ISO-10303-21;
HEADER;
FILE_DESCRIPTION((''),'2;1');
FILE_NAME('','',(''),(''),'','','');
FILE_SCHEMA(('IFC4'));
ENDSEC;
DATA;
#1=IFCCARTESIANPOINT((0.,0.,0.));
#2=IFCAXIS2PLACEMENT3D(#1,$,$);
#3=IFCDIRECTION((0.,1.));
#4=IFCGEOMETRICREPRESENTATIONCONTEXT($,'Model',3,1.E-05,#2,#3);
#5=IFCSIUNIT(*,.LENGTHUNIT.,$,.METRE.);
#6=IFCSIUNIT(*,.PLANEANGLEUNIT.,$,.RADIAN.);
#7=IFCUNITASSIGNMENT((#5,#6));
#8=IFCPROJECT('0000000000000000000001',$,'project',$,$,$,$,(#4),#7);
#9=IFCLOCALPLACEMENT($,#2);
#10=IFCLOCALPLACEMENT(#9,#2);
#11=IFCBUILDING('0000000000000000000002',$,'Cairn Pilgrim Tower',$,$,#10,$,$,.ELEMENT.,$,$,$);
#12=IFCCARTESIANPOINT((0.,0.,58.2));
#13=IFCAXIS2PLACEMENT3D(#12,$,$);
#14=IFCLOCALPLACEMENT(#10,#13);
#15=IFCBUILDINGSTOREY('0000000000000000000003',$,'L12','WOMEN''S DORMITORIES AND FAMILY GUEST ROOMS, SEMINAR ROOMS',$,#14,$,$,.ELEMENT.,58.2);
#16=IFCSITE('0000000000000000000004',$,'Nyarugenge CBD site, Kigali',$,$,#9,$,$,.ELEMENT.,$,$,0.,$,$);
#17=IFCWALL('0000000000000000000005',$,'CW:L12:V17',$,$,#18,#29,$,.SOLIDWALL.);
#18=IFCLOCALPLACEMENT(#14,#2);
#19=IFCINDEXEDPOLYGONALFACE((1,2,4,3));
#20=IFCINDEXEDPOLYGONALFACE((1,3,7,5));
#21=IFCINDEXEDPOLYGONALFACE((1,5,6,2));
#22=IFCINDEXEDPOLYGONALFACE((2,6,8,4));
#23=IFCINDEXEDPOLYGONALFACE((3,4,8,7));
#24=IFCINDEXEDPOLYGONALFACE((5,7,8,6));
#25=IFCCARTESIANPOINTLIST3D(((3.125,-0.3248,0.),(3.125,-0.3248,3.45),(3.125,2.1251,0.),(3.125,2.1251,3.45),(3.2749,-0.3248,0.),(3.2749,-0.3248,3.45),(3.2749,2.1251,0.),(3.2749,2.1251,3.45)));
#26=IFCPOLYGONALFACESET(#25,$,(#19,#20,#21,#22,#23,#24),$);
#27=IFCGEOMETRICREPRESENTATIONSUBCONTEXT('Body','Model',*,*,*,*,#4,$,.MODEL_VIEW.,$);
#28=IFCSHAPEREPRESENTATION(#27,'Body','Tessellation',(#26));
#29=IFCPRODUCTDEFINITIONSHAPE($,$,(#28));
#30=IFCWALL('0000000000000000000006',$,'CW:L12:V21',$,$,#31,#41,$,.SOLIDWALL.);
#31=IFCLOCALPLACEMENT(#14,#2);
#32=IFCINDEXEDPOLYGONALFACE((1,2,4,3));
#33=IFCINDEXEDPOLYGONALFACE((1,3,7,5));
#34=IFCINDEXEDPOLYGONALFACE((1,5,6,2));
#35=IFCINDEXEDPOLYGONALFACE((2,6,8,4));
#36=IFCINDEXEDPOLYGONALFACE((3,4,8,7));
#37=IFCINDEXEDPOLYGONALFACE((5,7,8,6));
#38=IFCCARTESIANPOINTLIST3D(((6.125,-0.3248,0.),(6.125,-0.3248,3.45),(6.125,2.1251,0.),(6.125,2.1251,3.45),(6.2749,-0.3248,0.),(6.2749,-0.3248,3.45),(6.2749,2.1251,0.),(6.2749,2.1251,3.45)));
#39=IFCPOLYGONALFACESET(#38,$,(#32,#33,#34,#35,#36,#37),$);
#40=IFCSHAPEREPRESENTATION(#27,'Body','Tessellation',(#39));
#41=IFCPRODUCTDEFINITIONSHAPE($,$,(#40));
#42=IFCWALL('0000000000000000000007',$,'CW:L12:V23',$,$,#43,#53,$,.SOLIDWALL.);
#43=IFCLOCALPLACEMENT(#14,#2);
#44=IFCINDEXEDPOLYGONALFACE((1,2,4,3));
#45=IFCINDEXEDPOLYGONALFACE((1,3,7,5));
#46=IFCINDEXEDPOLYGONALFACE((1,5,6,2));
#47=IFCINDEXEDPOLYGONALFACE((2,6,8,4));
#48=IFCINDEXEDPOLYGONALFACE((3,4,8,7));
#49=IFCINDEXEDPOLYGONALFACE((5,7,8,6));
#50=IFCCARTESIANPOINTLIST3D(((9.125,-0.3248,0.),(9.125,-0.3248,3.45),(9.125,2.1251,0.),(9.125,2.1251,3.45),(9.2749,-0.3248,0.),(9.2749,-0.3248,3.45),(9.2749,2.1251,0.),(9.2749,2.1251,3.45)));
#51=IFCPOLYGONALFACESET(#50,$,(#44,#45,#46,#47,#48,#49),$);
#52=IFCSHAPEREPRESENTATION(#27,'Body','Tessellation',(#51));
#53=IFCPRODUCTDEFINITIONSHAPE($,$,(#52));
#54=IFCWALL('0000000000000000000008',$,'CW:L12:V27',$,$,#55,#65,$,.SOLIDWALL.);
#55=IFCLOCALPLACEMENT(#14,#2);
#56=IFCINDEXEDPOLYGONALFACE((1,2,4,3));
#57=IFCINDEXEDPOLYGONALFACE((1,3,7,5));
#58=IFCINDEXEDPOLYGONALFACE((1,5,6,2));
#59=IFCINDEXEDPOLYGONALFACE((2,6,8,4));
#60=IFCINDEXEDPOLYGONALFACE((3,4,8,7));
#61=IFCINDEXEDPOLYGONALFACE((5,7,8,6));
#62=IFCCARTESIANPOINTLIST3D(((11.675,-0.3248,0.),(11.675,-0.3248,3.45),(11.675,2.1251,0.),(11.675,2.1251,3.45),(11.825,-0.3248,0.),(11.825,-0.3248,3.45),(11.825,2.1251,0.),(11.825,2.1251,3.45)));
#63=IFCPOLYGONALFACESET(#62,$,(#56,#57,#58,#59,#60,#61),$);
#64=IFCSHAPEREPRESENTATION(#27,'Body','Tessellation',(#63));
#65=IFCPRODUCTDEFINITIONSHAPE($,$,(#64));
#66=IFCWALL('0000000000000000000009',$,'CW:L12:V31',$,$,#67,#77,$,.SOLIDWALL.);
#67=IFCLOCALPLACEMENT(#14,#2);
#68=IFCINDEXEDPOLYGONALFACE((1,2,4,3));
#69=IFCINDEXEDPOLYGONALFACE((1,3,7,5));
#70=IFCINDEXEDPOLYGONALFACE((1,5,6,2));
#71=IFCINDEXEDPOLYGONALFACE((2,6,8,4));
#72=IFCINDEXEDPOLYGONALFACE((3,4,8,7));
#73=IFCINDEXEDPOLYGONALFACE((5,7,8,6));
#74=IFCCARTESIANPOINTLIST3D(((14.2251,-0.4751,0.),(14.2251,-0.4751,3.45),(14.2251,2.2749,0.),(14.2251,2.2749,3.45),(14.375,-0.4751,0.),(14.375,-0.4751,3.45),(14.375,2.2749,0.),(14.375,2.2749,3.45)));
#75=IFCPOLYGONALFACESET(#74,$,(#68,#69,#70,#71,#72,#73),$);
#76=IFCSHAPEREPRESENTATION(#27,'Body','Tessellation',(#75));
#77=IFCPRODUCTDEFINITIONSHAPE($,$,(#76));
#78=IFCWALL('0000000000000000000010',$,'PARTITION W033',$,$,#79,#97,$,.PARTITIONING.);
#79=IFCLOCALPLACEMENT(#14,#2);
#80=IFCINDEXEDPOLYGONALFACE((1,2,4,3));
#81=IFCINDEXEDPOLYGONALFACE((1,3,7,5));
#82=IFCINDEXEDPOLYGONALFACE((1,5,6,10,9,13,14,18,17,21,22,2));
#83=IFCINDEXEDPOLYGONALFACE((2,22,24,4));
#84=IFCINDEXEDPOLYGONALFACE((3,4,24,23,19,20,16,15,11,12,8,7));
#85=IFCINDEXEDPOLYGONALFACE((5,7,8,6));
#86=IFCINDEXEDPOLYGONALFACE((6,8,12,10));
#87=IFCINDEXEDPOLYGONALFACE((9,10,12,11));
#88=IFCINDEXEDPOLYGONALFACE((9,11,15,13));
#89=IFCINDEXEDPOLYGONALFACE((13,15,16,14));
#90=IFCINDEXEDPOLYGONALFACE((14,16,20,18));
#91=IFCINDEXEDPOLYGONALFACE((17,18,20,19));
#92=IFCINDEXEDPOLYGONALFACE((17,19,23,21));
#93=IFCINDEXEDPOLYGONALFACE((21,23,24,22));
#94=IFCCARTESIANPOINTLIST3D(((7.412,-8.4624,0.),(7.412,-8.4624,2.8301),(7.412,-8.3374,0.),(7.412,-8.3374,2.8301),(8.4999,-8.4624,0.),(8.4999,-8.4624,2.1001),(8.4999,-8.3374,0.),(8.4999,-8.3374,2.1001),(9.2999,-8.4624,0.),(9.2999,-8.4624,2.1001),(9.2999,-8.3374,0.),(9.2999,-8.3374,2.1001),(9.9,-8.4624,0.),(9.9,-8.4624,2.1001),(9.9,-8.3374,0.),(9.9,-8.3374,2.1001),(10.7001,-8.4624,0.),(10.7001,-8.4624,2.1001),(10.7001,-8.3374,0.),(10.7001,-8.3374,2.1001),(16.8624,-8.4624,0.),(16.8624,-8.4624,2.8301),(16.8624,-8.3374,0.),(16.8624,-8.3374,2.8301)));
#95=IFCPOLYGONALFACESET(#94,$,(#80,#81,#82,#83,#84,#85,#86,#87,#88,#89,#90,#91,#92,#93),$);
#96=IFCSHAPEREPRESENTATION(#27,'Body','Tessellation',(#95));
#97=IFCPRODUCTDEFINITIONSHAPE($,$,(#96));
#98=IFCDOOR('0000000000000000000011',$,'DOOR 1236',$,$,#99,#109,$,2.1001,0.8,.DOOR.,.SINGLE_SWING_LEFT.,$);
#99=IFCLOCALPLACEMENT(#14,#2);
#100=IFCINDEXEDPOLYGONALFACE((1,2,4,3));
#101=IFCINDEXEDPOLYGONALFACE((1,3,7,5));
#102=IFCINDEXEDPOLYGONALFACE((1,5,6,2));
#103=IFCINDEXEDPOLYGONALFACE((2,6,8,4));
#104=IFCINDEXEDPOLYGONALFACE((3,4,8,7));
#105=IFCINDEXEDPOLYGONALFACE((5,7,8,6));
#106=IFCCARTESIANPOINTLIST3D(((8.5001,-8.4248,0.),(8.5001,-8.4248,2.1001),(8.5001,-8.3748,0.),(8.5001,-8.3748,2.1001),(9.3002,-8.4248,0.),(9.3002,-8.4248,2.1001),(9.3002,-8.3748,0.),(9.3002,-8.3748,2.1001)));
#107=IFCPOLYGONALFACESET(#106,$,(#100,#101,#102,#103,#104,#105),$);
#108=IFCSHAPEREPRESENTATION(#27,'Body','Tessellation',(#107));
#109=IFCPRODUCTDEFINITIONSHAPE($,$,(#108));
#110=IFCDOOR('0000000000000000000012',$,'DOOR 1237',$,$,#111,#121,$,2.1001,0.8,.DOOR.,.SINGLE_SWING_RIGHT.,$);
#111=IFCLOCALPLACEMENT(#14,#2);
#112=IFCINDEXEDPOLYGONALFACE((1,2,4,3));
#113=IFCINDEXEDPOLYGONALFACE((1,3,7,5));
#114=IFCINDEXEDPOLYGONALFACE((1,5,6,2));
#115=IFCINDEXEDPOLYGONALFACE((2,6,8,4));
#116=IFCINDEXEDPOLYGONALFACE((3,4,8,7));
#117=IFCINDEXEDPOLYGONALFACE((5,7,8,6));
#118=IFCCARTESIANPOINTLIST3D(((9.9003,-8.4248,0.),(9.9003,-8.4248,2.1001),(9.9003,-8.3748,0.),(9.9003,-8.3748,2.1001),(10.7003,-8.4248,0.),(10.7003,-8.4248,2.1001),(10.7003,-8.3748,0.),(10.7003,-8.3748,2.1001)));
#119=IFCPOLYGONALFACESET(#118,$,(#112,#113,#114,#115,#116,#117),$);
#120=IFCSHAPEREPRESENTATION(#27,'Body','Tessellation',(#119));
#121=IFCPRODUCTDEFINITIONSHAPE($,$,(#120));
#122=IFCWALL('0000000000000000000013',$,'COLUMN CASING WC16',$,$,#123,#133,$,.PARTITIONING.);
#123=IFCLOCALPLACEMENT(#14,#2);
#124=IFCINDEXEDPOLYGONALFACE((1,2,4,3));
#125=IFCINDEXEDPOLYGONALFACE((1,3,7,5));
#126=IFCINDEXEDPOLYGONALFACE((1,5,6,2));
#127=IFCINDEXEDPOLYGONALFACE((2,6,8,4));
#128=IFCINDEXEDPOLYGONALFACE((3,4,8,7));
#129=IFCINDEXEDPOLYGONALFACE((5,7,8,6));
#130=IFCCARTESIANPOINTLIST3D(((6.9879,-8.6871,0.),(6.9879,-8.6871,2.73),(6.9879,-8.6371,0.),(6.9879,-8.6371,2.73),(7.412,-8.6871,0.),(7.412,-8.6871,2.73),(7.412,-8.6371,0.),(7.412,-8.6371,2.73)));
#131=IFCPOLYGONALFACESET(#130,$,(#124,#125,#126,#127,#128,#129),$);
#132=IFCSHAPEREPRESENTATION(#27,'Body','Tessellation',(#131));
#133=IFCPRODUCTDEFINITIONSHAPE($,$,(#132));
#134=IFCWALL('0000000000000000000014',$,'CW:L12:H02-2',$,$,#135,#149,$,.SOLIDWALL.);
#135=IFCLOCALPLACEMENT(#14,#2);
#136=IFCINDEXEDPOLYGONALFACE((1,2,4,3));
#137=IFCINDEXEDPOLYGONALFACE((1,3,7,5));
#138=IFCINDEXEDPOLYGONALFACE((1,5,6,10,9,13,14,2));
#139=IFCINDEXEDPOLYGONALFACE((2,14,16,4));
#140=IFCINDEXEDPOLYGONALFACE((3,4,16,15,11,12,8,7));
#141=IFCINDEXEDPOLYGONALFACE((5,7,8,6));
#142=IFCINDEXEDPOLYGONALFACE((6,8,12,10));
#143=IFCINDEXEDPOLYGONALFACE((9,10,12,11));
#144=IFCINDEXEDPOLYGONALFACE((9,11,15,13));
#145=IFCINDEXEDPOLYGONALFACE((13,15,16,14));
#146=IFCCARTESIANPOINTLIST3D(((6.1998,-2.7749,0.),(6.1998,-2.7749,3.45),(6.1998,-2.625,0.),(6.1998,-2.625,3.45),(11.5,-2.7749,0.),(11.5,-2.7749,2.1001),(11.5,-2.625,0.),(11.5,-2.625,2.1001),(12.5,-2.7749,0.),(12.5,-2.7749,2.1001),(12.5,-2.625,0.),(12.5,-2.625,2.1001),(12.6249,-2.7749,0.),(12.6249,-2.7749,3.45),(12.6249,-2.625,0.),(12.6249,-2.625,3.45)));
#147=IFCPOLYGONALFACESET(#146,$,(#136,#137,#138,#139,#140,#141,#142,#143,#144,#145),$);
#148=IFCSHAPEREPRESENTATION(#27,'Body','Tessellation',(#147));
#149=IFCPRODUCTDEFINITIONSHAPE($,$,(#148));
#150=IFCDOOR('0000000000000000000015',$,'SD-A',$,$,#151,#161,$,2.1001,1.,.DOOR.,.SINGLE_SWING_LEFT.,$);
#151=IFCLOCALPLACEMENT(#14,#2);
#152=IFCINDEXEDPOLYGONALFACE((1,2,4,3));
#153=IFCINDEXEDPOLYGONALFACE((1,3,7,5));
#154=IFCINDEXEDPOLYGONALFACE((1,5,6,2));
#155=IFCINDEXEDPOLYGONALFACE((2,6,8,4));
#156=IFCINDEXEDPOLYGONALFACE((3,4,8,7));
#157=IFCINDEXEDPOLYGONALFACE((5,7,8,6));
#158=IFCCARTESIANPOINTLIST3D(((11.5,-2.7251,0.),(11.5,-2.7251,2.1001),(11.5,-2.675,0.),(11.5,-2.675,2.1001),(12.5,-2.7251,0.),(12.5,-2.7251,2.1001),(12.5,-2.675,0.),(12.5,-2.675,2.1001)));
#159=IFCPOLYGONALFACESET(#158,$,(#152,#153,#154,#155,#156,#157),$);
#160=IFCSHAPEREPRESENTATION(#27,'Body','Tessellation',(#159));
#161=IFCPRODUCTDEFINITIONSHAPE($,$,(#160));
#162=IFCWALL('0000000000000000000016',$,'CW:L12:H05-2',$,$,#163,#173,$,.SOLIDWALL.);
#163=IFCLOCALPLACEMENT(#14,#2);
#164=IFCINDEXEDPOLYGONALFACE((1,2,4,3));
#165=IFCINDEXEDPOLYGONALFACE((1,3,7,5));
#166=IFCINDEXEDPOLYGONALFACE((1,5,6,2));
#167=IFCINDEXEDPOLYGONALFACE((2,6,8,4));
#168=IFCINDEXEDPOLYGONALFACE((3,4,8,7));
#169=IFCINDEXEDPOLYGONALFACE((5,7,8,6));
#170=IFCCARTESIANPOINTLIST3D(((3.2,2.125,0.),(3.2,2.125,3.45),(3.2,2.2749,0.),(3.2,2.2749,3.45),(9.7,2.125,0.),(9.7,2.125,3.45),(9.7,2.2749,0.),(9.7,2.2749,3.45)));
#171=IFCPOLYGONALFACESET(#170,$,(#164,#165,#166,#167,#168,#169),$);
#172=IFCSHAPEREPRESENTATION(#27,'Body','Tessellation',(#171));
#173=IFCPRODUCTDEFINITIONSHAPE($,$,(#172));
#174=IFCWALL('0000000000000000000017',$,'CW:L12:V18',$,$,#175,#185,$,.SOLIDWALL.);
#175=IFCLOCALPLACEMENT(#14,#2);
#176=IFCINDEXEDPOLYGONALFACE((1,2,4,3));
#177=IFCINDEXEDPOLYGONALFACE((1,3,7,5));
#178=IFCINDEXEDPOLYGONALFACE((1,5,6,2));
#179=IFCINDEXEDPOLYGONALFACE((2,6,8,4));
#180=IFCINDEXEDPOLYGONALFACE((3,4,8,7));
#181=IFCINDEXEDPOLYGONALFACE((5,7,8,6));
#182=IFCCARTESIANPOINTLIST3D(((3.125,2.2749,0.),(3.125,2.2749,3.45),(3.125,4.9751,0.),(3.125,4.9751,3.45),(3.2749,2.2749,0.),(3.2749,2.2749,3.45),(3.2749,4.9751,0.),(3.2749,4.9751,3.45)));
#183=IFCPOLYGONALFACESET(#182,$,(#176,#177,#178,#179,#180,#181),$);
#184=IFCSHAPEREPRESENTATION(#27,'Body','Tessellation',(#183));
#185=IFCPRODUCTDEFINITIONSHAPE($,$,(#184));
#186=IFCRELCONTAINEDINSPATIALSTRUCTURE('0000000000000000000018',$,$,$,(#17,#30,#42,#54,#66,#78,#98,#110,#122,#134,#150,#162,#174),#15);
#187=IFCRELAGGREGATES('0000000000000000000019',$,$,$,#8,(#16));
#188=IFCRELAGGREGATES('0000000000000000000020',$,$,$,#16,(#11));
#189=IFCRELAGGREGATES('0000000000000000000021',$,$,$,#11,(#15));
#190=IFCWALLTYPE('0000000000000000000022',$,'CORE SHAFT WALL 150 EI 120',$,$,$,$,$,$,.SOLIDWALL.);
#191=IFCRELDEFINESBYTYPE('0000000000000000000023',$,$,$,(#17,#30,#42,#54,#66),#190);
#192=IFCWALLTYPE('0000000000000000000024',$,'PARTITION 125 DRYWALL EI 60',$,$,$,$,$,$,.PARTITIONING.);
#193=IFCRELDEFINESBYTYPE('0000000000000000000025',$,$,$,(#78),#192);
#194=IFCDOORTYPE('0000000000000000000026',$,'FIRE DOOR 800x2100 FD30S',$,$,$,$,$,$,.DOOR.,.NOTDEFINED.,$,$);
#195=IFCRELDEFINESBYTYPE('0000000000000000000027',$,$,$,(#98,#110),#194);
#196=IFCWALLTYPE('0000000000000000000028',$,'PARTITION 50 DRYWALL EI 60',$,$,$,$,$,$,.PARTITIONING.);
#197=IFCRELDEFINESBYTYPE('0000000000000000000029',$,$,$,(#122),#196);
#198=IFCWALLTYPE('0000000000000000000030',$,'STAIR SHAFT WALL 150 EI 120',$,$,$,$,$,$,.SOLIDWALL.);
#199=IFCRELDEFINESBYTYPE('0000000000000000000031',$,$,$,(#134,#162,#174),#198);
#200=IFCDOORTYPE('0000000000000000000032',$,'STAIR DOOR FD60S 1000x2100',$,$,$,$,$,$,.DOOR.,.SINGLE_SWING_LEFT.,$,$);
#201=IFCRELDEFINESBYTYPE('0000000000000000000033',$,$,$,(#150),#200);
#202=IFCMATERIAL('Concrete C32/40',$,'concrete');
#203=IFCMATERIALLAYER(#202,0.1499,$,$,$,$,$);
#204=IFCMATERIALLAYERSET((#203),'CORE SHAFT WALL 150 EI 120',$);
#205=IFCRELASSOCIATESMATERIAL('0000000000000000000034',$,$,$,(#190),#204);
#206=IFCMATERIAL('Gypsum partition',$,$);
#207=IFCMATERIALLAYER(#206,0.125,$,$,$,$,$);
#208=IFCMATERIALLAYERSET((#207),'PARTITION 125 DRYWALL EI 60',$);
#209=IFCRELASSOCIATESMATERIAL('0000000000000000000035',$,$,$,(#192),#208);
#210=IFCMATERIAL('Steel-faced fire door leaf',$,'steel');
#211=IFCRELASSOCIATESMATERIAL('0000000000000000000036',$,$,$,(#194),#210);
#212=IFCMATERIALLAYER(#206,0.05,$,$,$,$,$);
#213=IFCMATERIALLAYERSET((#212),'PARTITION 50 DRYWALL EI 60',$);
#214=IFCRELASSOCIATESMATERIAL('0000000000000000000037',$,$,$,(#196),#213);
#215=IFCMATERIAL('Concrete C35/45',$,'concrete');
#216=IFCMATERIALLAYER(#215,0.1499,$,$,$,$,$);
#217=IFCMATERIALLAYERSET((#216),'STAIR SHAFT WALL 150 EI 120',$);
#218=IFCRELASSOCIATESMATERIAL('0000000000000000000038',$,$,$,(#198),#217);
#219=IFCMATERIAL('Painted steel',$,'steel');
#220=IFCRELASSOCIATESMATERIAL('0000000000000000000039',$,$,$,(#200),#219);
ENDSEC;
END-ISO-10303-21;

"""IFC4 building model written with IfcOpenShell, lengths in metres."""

from ifc_helpers import new_model, si_unit, direction, frame, frame_2d, origin, place, context, subcontext, project, spatial, rectangle, extrude, material, layer, layer_set, type_object, element, fill, save


model = new_model("IFC4")

# Units and contexts
model_context = context("Model", 3, precision=1e-05, world=origin(), true_north=direction((0.0, 1.0)))
body_context = subcontext(model_context, "Body", "Model", "MODEL_VIEW")
ifc_project = project(units=[si_unit("LENGTHUNIT", "METRE"), si_unit("PLANEANGLEUNIT", "RADIAN")], contexts=[model_context])

# Site, building, storey
site_placement = place(None, origin())
site = spatial("IfcSite", under=ifc_project, at=site_placement, Name="Nyarugenge CBD site, Kigali", CompositionType="ELEMENT", RefElevation=0.0)
building_placement = place(site_placement, origin())
building = spatial("IfcBuilding", under=site, at=building_placement, Name="Cairn Pilgrim Tower", CompositionType="ELEMENT")
storey_placement = place(building_placement, frame((0.0, 0.0, 58.2)))
storey = spatial("IfcBuildingStorey", under=building, at=storey_placement, Name="L12", Description="WOMEN'S DORMITORIES AND FAMILY GUEST ROOMS, SEMINAR ROOMS", CompositionType="ELEMENT", Elevation=58.2)

# Walls
ifc_material_1 = material(Name="Concrete C32/40", Category="concrete")
ifc_layer_1 = layer(ifc_material_1, 0.1499)
ifc_layer_set_1 = layer_set([ifc_layer_1], Name="CORE SHAFT WALL 150 EI 120")
wall_type_1 = type_object("IfcWallType", Name="CORE SHAFT WALL 150 EI 120", PredefinedType="SOLIDWALL", material=ifc_layer_set_1)
for number, where, z_axis, x_axis, name in (
    (1, (3.2, -0.325, 0.0), (0.0, 0.0, 1.0), (0.0, 1.0, 0.0), "CW:L12:V17"),
    (2, (6.2, -0.325, 0.0), (0.0, 0.0, 1.0), (0.0, 1.0, 0.0), "CW:L12:V21"),
    (3, (9.2, -0.325, 0.0), (0.0, 0.0, 1.0), (0.0, 1.0, 0.0), "CW:L12:V23"),
    (4, (11.75, -0.325, 0.0), (0.0, 0.0, 1.0), (0.0, 1.0, 0.0), "CW:L12:V27"),
):
    element("IfcWall", number, at=place(storey_placement, frame(where, z_axis=z_axis, x_axis=x_axis)), inside=storey, type_object=wall_type_1, Name=name, PredefinedType="SOLIDWALL", context=body_context, shape_type="SweptSolid", body=[
        extrude(rectangle(XDim=2.45, YDim=0.1499, at=frame_2d((1.2251, 0.0))), origin(), (0.0, 0.0, 1.0), 3.45),
    ])
wall_1_placement = place(storey_placement, frame((14.3, -0.4751, 0.0), z_axis=(0.0, 0.0, 1.0), x_axis=(0.0, 1.0, 0.0)))
element("IfcWall", 5, at=wall_1_placement, inside=storey, type_object=wall_type_1, Name="CW:L12:V31", PredefinedType="SOLIDWALL", context=body_context, shape_type="SweptSolid", body=[
    extrude(rectangle(XDim=2.75, YDim=0.1499, at=frame_2d((1.375, 0.0))), origin(), (0.0, 0.0, 1.0), 3.45),
])

# Wall, openings, doors
ifc_material_2 = material(Name="Gypsum partition")
ifc_layer_2 = layer(ifc_material_2, 0.125)
ifc_layer_set_2 = layer_set([ifc_layer_2], Name="PARTITION 125 DRYWALL EI 60")
wall_type_2 = type_object("IfcWallType", Name="PARTITION 125 DRYWALL EI 60", PredefinedType="PARTITIONING", material=ifc_layer_set_2)
wall_2_placement = place(storey_placement, frame((7.4121, -8.3999, 0.0), z_axis=(0.0, 0.0, 1.0), x_axis=(1.0, 0.0, 0.0)))
wall_2 = element("IfcWall", 6, at=wall_2_placement, inside=storey, type_object=wall_type_2, Name="PARTITION W033", PredefinedType="PARTITIONING", context=body_context, shape_type="SweptSolid", body=[
    extrude(rectangle(XDim=9.4504, YDim=0.125, at=frame_2d((4.7251, 0.0))), origin(), (0.0, 0.0, 1.0), 2.8301),
])
opening_1_placement = place(wall_2_placement, frame((1.0879, 0.0, 0.0)))
opening_1 = element("IfcOpeningElement", 7, at=opening_1_placement, cuts=wall_2, PredefinedType="OPENING", context=body_context, shape_type="SweptSolid", body=[
    extrude(rectangle(XDim=0.8, YDim=2.1001, at=frame_2d((0.3999, 1.05))), frame((0.0, 0.0725, 0.0), z_axis=(0.0, -1.0, 0.0), x_axis=(1.0, 0.0, 0.0)), (0.0, 0.0, 1.0), 0.145),
])
opening_2_placement = place(wall_2_placement, frame((2.488, 0.0, 0.0)))
opening_2 = element("IfcOpeningElement", 8, at=opening_2_placement, cuts=wall_2, PredefinedType="OPENING", context=body_context, shape_type="SweptSolid", body=[
    extrude(rectangle(XDim=0.8, YDim=2.1001, at=frame_2d((0.3999, 1.05))), frame((0.0, 0.0725, 0.0), z_axis=(0.0, -1.0, 0.0), x_axis=(1.0, 0.0, 0.0)), (0.0, 0.0, 1.0), 0.145),
])
ifc_material_3 = material(Name="Steel-faced fire door leaf", Category="steel")
door_type_1 = type_object("IfcDoorType", Name="FIRE DOOR 800x2100 FD30S", OperationType="NOTDEFINED", PredefinedType="DOOR", material=ifc_material_3)
door_1_placement = place(opening_1_placement, frame((0.8, 0.0, 0.0), z_axis=(0.0, 0.0, 1.0), x_axis=(-1.0, 0.0, 0.0)))
door_1 = element("IfcDoor", 9, at=door_1_placement, inside=storey, type_object=door_type_1, Name="DOOR 1236", OperationType="SINGLE_SWING_LEFT", OverallHeight=2.1001, OverallWidth=0.8, PredefinedType="DOOR", context=body_context, shape_type="SweptSolid", body=[
    extrude(rectangle(XDim=0.8, YDim=2.1001, at=frame_2d((0.3999, 1.05))), frame((0.0, 0.0249, 0.0), z_axis=(0.0, -1.0, 0.0), x_axis=(1.0, 0.0, 0.0)), (0.0, 0.0, 1.0), 0.05),
])
fill(opening_1, door_1)
door_2_placement = place(opening_2_placement, frame((0.8, 0.0, 0.0), z_axis=(0.0, 0.0, 1.0), x_axis=(-1.0, 0.0, 0.0)))
door_2 = element("IfcDoor", 10, at=door_2_placement, inside=storey, type_object=door_type_1, Name="DOOR 1237", OperationType="SINGLE_SWING_RIGHT", OverallHeight=2.1001, OverallWidth=0.8, PredefinedType="DOOR", context=body_context, shape_type="SweptSolid", body=[
    extrude(rectangle(XDim=0.8, YDim=2.1001, at=frame_2d((0.3999, 1.05))), frame((0.0, 0.0249, 0.0), z_axis=(0.0, -1.0, 0.0), x_axis=(1.0, 0.0, 0.0)), (0.0, 0.0, 1.0), 0.05),
])
fill(opening_2, door_2)

# Wall
ifc_layer_3 = layer(ifc_material_2, 0.05)
ifc_layer_set_3 = layer_set([ifc_layer_3], Name="PARTITION 50 DRYWALL EI 60")
wall_type_3 = type_object("IfcWallType", Name="PARTITION 50 DRYWALL EI 60", PredefinedType="PARTITIONING", material=ifc_layer_set_3)
wall_3_placement = place(storey_placement, frame((6.988, -8.6621, 0.0), z_axis=(0.0, 0.0, 1.0), x_axis=(1.0, 0.0, 0.0)))
element("IfcWall", 11, at=wall_3_placement, inside=storey, type_object=wall_type_3, Name="COLUMN CASING WC16", PredefinedType="PARTITIONING", context=body_context, shape_type="SweptSolid", body=[
    extrude(rectangle(XDim=0.4241, YDim=0.05, at=frame_2d((0.2119, 0.0))), origin(), (0.0, 0.0, 1.0), 2.73),
])

# Wall, opening, door
ifc_material_4 = material(Name="Concrete C35/45", Category="concrete")
ifc_layer_4 = layer(ifc_material_4, 0.1499)
ifc_layer_set_4 = layer_set([ifc_layer_4], Name="STAIR SHAFT WALL 150 EI 120")
wall_type_4 = type_object("IfcWallType", Name="STAIR SHAFT WALL 150 EI 120", PredefinedType="SOLIDWALL", material=ifc_layer_set_4)
wall_4_placement = place(storey_placement, frame((6.2, -2.7, 0.0), z_axis=(0.0, 0.0, 1.0), x_axis=(1.0, 0.0, 0.0)))
wall_4 = element("IfcWall", 12, at=wall_4_placement, inside=storey, type_object=wall_type_4, Name="CW:L12:H02-2", PredefinedType="SOLIDWALL", context=body_context, shape_type="SweptSolid", body=[
    extrude(rectangle(XDim=6.425, YDim=0.1499, at=frame_2d((3.2124, 0.0))), origin(), (0.0, 0.0, 1.0), 3.45),
])
opening_3_placement = place(wall_4_placement, frame((5.3, 0.0, 0.0)))
opening_3 = element("IfcOpeningElement", 13, at=opening_3_placement, cuts=wall_4, PredefinedType="OPENING", context=body_context, shape_type="SweptSolid", body=[
    extrude(rectangle(XDim=1.0, YDim=2.1001, at=frame_2d((0.5, 1.05))), frame((0.0, 0.085, 0.0), z_axis=(0.0, -1.0, 0.0), x_axis=(1.0, 0.0, 0.0)), (0.0, 0.0, 1.0), 0.1699),
])
ifc_material_5 = material(Name="Painted steel", Category="steel")
door_type_2 = type_object("IfcDoorType", Name="STAIR DOOR FD60S 1000x2100", OperationType="SINGLE_SWING_LEFT", PredefinedType="DOOR", material=ifc_material_5)
door_3_placement = place(opening_3_placement, origin())
door_3 = element("IfcDoor", 14, at=door_3_placement, inside=storey, type_object=door_type_2, Name="SD-A", OperationType="SINGLE_SWING_LEFT", OverallHeight=2.1001, OverallWidth=1.0, PredefinedType="DOOR", context=body_context, shape_type="SweptSolid", body=[
    extrude(rectangle(XDim=1.0, YDim=2.1001, at=frame_2d((0.5, 1.05))), frame((0.0, 0.0249, 0.0), z_axis=(0.0, -1.0, 0.0), x_axis=(1.0, 0.0, 0.0)), (0.0, 0.0, 1.0), 0.05),
])
fill(opening_3, door_3)

# Walls
wall_5_placement = place(storey_placement, frame((3.2, 2.2, 0.0), z_axis=(0.0, 0.0, 1.0), x_axis=(1.0, 0.0, 0.0)))
element("IfcWall", 15, at=wall_5_placement, inside=storey, type_object=wall_type_4, Name="CW:L12:H05-2", PredefinedType="SOLIDWALL", context=body_context, shape_type="SweptSolid", body=[
    extrude(rectangle(XDim=6.5, YDim=0.1499, at=frame_2d((3.25, 0.0))), origin(), (0.0, 0.0, 1.0), 3.45),
])
wall_6_placement = place(storey_placement, frame((3.2, 2.2749, 0.0), z_axis=(0.0, 0.0, 1.0), x_axis=(0.0, 1.0, 0.0)))
element("IfcWall", 16, at=wall_6_placement, inside=storey, type_object=wall_type_4, Name="CW:L12:V18", PredefinedType="SOLIDWALL", context=body_context, shape_type="SweptSolid", body=[
    extrude(rectangle(XDim=2.7002, YDim=0.1499, at=frame_2d((1.3501, 0.0))), origin(), (0.0, 0.0, 1.0), 3.45),
])

save(model, "model.ifc")
